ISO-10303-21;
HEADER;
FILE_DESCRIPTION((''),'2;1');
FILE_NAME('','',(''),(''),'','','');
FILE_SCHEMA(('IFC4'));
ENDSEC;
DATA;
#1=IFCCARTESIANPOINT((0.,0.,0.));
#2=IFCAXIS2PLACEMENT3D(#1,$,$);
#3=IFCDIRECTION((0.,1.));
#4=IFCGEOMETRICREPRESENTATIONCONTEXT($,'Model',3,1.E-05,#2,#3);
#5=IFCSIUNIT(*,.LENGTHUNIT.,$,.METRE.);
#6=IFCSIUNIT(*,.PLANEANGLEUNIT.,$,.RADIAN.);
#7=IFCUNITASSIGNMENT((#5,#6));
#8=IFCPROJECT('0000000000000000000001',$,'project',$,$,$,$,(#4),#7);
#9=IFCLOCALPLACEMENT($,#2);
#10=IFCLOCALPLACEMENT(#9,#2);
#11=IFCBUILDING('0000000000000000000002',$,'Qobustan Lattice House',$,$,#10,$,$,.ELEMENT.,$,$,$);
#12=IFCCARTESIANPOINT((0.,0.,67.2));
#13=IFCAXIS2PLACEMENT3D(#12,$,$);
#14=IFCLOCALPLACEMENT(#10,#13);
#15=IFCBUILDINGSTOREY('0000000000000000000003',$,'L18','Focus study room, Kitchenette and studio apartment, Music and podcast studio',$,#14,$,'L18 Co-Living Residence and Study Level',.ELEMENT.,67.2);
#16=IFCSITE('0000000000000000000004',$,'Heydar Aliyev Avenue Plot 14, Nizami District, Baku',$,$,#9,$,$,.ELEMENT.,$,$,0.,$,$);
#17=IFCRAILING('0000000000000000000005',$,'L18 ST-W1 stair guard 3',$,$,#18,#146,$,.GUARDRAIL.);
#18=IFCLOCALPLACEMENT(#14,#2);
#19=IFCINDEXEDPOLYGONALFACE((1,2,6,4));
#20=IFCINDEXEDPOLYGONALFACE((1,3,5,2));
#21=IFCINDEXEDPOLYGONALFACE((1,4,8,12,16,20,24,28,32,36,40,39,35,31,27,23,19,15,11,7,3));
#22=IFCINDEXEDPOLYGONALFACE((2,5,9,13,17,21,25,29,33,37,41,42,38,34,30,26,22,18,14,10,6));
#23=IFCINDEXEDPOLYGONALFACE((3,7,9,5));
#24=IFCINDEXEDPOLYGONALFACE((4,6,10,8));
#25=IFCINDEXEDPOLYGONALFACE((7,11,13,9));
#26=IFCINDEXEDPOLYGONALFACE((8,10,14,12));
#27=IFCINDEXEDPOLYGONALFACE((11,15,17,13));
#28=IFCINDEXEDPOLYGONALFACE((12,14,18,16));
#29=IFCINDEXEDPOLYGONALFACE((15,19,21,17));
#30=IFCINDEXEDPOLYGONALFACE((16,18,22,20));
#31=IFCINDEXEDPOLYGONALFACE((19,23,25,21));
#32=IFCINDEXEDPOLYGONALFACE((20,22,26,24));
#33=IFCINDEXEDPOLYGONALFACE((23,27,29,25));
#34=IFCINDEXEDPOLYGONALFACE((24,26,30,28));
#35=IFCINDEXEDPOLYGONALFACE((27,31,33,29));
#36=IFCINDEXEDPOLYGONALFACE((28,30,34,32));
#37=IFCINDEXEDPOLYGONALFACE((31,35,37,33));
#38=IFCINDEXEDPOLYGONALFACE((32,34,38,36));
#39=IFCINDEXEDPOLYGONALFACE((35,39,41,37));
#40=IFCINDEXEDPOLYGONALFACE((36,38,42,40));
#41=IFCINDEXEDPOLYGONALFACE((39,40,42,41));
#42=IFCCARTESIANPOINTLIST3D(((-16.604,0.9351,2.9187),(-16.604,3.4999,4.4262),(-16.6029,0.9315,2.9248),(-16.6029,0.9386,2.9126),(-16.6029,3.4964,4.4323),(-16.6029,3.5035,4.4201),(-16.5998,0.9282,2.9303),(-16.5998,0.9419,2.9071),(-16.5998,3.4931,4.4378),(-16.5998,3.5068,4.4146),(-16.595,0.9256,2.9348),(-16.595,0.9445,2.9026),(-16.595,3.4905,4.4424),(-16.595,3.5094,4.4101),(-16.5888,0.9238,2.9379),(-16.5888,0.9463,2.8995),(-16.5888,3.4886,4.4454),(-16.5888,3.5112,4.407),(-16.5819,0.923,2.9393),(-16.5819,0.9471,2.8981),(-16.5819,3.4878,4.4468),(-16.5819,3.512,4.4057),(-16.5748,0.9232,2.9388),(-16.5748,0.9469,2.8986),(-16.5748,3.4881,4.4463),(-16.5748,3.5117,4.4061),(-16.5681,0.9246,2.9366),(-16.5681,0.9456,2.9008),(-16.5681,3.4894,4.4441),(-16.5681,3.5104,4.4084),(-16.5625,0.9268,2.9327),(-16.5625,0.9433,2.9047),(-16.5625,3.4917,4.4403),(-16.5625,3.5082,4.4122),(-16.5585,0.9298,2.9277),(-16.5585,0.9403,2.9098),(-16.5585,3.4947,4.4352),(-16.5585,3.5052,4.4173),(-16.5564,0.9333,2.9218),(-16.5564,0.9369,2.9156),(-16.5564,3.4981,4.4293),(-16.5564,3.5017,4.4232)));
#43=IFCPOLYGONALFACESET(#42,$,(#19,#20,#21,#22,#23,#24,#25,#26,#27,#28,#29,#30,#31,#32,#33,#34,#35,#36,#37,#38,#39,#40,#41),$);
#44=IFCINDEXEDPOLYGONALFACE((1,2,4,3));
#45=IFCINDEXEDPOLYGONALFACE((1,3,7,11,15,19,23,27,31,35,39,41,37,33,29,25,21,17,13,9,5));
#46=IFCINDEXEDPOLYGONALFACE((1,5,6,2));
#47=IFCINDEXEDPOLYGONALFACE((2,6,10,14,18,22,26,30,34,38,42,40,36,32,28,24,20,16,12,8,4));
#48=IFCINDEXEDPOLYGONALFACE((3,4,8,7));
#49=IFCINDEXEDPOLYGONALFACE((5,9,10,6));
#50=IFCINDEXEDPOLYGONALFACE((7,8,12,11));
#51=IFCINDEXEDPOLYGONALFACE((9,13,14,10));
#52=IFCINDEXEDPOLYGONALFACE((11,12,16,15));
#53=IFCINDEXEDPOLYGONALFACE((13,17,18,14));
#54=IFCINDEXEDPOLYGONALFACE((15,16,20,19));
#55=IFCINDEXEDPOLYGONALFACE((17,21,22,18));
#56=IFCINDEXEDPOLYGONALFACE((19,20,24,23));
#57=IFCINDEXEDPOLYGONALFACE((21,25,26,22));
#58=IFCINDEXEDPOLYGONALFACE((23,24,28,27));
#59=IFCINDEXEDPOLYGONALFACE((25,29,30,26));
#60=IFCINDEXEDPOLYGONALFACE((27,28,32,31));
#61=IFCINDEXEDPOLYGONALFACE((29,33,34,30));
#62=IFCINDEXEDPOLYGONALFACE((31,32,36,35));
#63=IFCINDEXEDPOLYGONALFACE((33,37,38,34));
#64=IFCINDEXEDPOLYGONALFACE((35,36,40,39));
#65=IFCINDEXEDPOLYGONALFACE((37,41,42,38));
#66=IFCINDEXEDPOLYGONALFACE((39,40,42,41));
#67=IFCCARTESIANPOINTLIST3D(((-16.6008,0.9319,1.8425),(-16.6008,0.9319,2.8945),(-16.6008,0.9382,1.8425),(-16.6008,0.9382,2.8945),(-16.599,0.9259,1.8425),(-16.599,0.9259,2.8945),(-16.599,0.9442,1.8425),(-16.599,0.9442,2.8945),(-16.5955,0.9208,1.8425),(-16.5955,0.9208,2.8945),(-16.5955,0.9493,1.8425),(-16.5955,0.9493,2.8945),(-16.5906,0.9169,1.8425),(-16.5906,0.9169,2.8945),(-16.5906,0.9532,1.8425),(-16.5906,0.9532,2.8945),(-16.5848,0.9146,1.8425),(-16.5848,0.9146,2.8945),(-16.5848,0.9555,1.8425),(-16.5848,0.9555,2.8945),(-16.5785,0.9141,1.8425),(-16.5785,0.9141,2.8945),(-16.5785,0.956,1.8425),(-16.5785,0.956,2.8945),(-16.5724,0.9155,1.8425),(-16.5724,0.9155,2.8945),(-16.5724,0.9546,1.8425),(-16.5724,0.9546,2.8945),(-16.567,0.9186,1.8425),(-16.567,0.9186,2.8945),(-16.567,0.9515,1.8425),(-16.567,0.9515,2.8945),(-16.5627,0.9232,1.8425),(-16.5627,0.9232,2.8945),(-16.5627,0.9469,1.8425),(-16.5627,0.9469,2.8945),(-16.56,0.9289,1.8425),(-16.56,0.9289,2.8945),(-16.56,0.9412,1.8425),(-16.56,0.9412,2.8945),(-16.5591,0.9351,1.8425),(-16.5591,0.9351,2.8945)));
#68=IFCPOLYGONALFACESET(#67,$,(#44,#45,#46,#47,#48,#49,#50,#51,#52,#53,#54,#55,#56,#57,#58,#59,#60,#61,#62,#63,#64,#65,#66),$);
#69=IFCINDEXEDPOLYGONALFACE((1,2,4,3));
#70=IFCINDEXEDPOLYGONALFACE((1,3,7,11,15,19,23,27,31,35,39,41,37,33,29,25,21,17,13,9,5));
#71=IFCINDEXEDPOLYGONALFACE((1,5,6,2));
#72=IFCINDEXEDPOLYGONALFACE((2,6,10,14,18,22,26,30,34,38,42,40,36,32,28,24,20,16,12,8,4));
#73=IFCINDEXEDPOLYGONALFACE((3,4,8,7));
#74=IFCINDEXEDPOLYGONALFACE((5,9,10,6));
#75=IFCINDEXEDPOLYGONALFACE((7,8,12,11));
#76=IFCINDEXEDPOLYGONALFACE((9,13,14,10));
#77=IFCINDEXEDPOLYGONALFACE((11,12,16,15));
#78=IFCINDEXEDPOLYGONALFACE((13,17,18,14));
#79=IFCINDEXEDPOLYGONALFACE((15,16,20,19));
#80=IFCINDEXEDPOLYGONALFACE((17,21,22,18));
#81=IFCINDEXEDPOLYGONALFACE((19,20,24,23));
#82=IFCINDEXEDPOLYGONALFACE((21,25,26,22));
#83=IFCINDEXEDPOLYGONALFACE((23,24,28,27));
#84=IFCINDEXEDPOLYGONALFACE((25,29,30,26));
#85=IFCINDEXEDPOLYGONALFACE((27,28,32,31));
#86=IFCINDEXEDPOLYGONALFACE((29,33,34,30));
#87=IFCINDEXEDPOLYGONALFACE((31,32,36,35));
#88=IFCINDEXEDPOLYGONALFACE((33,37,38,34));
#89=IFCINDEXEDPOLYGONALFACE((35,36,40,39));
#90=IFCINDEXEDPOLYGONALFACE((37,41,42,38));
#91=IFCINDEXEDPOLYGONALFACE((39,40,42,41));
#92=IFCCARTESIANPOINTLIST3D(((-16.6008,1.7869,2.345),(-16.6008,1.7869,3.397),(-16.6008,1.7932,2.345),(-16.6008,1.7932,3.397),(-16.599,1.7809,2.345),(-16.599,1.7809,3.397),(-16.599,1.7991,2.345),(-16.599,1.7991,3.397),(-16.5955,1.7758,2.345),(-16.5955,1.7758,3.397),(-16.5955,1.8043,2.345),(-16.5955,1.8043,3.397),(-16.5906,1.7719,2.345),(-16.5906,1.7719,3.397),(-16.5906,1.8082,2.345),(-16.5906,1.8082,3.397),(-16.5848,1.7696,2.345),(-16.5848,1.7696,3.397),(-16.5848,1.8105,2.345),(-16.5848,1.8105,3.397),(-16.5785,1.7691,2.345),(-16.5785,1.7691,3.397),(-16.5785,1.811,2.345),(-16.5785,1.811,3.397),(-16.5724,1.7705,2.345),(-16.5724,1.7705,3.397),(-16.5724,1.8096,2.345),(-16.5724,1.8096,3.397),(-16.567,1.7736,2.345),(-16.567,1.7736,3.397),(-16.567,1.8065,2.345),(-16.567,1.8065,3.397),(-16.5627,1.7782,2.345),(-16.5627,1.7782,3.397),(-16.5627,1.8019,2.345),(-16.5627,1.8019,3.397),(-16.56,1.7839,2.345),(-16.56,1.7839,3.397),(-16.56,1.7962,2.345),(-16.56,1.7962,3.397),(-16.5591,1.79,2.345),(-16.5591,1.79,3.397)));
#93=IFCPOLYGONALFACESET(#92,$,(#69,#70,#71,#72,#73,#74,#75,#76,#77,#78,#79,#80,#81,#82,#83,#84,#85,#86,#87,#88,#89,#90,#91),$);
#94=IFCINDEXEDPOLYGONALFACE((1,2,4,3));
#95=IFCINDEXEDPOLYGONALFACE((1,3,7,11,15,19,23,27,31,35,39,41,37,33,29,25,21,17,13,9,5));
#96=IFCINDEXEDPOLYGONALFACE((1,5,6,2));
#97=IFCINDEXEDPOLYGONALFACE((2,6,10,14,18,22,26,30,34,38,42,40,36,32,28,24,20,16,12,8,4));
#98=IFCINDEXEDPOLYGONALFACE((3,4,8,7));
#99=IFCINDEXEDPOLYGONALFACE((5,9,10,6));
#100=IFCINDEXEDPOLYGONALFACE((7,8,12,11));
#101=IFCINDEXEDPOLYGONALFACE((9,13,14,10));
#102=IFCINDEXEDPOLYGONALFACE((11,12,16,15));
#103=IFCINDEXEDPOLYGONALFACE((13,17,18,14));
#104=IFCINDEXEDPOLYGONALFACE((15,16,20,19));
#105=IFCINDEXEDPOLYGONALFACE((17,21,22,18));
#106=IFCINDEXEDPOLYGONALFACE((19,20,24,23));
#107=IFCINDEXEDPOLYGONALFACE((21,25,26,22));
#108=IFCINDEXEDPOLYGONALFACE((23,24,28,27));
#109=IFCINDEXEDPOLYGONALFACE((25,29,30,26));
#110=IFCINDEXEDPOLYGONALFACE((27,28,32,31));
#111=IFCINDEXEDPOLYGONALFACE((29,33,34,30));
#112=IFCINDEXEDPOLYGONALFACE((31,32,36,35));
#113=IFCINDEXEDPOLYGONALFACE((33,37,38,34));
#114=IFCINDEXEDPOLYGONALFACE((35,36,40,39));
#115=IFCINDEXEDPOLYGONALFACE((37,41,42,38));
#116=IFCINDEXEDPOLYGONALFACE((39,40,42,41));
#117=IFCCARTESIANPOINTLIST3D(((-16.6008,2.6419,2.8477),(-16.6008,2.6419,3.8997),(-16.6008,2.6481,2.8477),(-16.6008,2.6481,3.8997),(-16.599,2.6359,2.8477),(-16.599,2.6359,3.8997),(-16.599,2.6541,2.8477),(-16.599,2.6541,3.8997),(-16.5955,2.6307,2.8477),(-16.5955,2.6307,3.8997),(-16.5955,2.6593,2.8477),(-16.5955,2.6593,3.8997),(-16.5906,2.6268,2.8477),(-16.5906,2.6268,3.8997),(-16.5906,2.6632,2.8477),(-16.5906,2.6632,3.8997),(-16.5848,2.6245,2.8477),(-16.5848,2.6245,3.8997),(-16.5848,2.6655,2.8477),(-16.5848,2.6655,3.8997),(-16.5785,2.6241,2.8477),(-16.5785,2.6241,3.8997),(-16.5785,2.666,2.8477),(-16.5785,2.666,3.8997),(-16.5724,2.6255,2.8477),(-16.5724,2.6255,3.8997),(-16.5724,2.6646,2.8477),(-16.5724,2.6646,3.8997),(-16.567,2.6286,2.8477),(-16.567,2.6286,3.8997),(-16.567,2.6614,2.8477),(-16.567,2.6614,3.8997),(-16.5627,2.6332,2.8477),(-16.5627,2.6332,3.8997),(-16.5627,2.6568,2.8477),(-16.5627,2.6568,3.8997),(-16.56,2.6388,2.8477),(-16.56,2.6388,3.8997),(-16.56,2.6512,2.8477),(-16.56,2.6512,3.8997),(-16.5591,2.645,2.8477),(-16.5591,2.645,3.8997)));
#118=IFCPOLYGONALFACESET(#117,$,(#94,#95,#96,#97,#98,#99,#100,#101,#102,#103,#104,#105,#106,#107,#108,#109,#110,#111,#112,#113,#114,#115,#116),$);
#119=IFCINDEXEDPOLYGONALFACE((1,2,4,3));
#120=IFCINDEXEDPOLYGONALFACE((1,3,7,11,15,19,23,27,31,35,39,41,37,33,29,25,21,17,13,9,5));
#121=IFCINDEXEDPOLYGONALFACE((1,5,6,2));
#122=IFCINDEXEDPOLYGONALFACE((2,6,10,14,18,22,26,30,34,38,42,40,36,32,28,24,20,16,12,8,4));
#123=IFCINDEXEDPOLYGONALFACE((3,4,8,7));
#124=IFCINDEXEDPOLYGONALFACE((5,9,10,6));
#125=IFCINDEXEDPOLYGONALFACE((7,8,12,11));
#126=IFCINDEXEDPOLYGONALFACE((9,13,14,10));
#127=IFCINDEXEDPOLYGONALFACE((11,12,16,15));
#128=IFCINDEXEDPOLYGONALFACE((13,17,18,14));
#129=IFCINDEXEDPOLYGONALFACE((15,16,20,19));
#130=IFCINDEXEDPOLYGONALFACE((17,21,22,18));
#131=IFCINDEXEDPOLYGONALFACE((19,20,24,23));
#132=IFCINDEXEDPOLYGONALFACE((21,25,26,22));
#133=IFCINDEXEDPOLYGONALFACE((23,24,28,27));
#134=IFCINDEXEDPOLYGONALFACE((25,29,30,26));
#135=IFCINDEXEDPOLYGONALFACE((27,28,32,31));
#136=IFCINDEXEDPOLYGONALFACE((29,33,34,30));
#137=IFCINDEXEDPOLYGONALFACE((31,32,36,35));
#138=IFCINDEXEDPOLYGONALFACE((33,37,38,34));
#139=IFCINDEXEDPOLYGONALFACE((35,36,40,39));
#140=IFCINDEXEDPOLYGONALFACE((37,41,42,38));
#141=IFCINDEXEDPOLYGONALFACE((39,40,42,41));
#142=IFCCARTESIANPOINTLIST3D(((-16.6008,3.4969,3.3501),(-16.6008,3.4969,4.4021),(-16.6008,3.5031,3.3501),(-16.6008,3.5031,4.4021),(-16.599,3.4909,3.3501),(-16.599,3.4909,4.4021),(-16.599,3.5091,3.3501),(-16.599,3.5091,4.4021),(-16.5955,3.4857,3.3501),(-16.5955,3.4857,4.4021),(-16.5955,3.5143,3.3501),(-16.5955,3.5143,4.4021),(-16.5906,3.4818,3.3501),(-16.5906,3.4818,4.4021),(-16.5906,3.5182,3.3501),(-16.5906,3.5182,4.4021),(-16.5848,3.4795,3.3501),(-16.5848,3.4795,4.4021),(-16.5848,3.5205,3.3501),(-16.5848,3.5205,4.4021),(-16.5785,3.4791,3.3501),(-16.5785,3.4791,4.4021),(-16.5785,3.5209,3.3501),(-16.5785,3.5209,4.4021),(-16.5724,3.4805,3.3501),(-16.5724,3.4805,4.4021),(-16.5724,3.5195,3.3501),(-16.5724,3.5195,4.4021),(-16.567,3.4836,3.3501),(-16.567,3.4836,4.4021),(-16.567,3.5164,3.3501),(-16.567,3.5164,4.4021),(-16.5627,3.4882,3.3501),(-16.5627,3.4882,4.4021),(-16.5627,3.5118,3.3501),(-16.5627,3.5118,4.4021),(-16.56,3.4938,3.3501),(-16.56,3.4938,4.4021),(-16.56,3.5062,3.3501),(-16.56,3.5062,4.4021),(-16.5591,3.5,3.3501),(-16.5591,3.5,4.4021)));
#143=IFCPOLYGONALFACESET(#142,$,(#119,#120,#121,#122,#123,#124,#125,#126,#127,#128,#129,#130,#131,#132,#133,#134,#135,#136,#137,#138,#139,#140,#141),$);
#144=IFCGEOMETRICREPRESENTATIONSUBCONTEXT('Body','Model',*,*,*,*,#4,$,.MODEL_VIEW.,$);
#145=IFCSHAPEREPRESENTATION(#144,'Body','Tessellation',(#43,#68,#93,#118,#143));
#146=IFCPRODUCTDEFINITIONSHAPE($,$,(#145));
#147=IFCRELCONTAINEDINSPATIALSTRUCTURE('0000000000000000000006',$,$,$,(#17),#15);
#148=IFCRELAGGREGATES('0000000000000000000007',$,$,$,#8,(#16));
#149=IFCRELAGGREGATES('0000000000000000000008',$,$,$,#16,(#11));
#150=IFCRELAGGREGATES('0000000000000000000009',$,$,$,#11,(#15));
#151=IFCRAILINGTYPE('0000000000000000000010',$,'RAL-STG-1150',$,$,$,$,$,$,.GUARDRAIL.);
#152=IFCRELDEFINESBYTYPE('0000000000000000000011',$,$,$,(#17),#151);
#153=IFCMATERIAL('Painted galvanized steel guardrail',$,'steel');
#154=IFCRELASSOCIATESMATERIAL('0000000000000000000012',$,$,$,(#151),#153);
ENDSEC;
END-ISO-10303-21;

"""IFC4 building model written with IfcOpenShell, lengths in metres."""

from ifc_helpers import new_model, si_unit, direction, frame, origin, origin_2d, place, context, subcontext, project, spatial, circle, extrude, material, type_object, element, save


model = new_model("IFC4")

# Units and contexts
model_context = context("Model", 3, precision=1e-05, world=origin(), true_north=direction((0.0, 1.0)))
body_context = subcontext(model_context, "Body", "Model", "MODEL_VIEW")
ifc_project = project(units=[si_unit("LENGTHUNIT", "METRE"), si_unit("PLANEANGLEUNIT", "RADIAN")], contexts=[model_context])

# Site, building, storey
site_placement = place(None, origin())
site = spatial("IfcSite", under=ifc_project, at=site_placement, Name="Heydar Aliyev Avenue Plot 14, Nizami District, Baku", CompositionType="ELEMENT", RefElevation=0.0)
building_placement = place(site_placement, origin())
building = spatial("IfcBuilding", under=site, at=building_placement, Name="Qobustan Lattice House", CompositionType="ELEMENT")
storey_placement = place(building_placement, frame((0.0, 0.0, 67.2)))
storey = spatial("IfcBuildingStorey", under=building, at=storey_placement, Name="L18", Description="Focus study room, Kitchenette and studio apartment, Music and podcast studio", LongName="L18 Co-Living Residence and Study Level", CompositionType="ELEMENT", Elevation=67.2)

# Railing
ifc_material_1 = material(Name="Painted galvanized steel guardrail", Category="steel")
railing_type_1 = type_object("IfcRailingType", Name="RAL-STG-1150", PredefinedType="GUARDRAIL", material=ifc_material_1)
railing_1_placement = place(storey_placement, frame((-16.5801, 0.9351, 1.8425)))
element("IfcRailing", 1, at=railing_1_placement, inside=storey, type_object=railing_type_1, Name="L18 ST-W1 stair guard 3", PredefinedType="GUARDRAIL", context=body_context, shape_type="SweptSolid", body=[
    extrude(circle(Radius=0.0239, at=origin_2d()), frame((0.0, 0.0, 1.0762), z_axis=(0.0, 0.862113, 0.506715), x_axis=(-1.0, 0.0, 0.0)), (0.0, 0.0, 1.0), 2.9751),
    extrude(circle(Radius=0.021, at=origin_2d()), origin(), (0.0, 0.0, 1.0), 1.052),
    extrude(circle(Radius=0.021, at=origin_2d()), frame((0.0, 0.855, 0.5024)), (0.0, 0.0, 1.0), 1.052),
    extrude(circle(Radius=0.021, at=origin_2d()), frame((0.0, 1.71, 1.0051)), (0.0, 0.0, 1.0), 1.052),
    extrude(circle(Radius=0.021, at=origin_2d()), frame((0.0, 2.5649, 1.5076)), (0.0, 0.0, 1.0), 1.052),
])

save(model, "model.ifc")
